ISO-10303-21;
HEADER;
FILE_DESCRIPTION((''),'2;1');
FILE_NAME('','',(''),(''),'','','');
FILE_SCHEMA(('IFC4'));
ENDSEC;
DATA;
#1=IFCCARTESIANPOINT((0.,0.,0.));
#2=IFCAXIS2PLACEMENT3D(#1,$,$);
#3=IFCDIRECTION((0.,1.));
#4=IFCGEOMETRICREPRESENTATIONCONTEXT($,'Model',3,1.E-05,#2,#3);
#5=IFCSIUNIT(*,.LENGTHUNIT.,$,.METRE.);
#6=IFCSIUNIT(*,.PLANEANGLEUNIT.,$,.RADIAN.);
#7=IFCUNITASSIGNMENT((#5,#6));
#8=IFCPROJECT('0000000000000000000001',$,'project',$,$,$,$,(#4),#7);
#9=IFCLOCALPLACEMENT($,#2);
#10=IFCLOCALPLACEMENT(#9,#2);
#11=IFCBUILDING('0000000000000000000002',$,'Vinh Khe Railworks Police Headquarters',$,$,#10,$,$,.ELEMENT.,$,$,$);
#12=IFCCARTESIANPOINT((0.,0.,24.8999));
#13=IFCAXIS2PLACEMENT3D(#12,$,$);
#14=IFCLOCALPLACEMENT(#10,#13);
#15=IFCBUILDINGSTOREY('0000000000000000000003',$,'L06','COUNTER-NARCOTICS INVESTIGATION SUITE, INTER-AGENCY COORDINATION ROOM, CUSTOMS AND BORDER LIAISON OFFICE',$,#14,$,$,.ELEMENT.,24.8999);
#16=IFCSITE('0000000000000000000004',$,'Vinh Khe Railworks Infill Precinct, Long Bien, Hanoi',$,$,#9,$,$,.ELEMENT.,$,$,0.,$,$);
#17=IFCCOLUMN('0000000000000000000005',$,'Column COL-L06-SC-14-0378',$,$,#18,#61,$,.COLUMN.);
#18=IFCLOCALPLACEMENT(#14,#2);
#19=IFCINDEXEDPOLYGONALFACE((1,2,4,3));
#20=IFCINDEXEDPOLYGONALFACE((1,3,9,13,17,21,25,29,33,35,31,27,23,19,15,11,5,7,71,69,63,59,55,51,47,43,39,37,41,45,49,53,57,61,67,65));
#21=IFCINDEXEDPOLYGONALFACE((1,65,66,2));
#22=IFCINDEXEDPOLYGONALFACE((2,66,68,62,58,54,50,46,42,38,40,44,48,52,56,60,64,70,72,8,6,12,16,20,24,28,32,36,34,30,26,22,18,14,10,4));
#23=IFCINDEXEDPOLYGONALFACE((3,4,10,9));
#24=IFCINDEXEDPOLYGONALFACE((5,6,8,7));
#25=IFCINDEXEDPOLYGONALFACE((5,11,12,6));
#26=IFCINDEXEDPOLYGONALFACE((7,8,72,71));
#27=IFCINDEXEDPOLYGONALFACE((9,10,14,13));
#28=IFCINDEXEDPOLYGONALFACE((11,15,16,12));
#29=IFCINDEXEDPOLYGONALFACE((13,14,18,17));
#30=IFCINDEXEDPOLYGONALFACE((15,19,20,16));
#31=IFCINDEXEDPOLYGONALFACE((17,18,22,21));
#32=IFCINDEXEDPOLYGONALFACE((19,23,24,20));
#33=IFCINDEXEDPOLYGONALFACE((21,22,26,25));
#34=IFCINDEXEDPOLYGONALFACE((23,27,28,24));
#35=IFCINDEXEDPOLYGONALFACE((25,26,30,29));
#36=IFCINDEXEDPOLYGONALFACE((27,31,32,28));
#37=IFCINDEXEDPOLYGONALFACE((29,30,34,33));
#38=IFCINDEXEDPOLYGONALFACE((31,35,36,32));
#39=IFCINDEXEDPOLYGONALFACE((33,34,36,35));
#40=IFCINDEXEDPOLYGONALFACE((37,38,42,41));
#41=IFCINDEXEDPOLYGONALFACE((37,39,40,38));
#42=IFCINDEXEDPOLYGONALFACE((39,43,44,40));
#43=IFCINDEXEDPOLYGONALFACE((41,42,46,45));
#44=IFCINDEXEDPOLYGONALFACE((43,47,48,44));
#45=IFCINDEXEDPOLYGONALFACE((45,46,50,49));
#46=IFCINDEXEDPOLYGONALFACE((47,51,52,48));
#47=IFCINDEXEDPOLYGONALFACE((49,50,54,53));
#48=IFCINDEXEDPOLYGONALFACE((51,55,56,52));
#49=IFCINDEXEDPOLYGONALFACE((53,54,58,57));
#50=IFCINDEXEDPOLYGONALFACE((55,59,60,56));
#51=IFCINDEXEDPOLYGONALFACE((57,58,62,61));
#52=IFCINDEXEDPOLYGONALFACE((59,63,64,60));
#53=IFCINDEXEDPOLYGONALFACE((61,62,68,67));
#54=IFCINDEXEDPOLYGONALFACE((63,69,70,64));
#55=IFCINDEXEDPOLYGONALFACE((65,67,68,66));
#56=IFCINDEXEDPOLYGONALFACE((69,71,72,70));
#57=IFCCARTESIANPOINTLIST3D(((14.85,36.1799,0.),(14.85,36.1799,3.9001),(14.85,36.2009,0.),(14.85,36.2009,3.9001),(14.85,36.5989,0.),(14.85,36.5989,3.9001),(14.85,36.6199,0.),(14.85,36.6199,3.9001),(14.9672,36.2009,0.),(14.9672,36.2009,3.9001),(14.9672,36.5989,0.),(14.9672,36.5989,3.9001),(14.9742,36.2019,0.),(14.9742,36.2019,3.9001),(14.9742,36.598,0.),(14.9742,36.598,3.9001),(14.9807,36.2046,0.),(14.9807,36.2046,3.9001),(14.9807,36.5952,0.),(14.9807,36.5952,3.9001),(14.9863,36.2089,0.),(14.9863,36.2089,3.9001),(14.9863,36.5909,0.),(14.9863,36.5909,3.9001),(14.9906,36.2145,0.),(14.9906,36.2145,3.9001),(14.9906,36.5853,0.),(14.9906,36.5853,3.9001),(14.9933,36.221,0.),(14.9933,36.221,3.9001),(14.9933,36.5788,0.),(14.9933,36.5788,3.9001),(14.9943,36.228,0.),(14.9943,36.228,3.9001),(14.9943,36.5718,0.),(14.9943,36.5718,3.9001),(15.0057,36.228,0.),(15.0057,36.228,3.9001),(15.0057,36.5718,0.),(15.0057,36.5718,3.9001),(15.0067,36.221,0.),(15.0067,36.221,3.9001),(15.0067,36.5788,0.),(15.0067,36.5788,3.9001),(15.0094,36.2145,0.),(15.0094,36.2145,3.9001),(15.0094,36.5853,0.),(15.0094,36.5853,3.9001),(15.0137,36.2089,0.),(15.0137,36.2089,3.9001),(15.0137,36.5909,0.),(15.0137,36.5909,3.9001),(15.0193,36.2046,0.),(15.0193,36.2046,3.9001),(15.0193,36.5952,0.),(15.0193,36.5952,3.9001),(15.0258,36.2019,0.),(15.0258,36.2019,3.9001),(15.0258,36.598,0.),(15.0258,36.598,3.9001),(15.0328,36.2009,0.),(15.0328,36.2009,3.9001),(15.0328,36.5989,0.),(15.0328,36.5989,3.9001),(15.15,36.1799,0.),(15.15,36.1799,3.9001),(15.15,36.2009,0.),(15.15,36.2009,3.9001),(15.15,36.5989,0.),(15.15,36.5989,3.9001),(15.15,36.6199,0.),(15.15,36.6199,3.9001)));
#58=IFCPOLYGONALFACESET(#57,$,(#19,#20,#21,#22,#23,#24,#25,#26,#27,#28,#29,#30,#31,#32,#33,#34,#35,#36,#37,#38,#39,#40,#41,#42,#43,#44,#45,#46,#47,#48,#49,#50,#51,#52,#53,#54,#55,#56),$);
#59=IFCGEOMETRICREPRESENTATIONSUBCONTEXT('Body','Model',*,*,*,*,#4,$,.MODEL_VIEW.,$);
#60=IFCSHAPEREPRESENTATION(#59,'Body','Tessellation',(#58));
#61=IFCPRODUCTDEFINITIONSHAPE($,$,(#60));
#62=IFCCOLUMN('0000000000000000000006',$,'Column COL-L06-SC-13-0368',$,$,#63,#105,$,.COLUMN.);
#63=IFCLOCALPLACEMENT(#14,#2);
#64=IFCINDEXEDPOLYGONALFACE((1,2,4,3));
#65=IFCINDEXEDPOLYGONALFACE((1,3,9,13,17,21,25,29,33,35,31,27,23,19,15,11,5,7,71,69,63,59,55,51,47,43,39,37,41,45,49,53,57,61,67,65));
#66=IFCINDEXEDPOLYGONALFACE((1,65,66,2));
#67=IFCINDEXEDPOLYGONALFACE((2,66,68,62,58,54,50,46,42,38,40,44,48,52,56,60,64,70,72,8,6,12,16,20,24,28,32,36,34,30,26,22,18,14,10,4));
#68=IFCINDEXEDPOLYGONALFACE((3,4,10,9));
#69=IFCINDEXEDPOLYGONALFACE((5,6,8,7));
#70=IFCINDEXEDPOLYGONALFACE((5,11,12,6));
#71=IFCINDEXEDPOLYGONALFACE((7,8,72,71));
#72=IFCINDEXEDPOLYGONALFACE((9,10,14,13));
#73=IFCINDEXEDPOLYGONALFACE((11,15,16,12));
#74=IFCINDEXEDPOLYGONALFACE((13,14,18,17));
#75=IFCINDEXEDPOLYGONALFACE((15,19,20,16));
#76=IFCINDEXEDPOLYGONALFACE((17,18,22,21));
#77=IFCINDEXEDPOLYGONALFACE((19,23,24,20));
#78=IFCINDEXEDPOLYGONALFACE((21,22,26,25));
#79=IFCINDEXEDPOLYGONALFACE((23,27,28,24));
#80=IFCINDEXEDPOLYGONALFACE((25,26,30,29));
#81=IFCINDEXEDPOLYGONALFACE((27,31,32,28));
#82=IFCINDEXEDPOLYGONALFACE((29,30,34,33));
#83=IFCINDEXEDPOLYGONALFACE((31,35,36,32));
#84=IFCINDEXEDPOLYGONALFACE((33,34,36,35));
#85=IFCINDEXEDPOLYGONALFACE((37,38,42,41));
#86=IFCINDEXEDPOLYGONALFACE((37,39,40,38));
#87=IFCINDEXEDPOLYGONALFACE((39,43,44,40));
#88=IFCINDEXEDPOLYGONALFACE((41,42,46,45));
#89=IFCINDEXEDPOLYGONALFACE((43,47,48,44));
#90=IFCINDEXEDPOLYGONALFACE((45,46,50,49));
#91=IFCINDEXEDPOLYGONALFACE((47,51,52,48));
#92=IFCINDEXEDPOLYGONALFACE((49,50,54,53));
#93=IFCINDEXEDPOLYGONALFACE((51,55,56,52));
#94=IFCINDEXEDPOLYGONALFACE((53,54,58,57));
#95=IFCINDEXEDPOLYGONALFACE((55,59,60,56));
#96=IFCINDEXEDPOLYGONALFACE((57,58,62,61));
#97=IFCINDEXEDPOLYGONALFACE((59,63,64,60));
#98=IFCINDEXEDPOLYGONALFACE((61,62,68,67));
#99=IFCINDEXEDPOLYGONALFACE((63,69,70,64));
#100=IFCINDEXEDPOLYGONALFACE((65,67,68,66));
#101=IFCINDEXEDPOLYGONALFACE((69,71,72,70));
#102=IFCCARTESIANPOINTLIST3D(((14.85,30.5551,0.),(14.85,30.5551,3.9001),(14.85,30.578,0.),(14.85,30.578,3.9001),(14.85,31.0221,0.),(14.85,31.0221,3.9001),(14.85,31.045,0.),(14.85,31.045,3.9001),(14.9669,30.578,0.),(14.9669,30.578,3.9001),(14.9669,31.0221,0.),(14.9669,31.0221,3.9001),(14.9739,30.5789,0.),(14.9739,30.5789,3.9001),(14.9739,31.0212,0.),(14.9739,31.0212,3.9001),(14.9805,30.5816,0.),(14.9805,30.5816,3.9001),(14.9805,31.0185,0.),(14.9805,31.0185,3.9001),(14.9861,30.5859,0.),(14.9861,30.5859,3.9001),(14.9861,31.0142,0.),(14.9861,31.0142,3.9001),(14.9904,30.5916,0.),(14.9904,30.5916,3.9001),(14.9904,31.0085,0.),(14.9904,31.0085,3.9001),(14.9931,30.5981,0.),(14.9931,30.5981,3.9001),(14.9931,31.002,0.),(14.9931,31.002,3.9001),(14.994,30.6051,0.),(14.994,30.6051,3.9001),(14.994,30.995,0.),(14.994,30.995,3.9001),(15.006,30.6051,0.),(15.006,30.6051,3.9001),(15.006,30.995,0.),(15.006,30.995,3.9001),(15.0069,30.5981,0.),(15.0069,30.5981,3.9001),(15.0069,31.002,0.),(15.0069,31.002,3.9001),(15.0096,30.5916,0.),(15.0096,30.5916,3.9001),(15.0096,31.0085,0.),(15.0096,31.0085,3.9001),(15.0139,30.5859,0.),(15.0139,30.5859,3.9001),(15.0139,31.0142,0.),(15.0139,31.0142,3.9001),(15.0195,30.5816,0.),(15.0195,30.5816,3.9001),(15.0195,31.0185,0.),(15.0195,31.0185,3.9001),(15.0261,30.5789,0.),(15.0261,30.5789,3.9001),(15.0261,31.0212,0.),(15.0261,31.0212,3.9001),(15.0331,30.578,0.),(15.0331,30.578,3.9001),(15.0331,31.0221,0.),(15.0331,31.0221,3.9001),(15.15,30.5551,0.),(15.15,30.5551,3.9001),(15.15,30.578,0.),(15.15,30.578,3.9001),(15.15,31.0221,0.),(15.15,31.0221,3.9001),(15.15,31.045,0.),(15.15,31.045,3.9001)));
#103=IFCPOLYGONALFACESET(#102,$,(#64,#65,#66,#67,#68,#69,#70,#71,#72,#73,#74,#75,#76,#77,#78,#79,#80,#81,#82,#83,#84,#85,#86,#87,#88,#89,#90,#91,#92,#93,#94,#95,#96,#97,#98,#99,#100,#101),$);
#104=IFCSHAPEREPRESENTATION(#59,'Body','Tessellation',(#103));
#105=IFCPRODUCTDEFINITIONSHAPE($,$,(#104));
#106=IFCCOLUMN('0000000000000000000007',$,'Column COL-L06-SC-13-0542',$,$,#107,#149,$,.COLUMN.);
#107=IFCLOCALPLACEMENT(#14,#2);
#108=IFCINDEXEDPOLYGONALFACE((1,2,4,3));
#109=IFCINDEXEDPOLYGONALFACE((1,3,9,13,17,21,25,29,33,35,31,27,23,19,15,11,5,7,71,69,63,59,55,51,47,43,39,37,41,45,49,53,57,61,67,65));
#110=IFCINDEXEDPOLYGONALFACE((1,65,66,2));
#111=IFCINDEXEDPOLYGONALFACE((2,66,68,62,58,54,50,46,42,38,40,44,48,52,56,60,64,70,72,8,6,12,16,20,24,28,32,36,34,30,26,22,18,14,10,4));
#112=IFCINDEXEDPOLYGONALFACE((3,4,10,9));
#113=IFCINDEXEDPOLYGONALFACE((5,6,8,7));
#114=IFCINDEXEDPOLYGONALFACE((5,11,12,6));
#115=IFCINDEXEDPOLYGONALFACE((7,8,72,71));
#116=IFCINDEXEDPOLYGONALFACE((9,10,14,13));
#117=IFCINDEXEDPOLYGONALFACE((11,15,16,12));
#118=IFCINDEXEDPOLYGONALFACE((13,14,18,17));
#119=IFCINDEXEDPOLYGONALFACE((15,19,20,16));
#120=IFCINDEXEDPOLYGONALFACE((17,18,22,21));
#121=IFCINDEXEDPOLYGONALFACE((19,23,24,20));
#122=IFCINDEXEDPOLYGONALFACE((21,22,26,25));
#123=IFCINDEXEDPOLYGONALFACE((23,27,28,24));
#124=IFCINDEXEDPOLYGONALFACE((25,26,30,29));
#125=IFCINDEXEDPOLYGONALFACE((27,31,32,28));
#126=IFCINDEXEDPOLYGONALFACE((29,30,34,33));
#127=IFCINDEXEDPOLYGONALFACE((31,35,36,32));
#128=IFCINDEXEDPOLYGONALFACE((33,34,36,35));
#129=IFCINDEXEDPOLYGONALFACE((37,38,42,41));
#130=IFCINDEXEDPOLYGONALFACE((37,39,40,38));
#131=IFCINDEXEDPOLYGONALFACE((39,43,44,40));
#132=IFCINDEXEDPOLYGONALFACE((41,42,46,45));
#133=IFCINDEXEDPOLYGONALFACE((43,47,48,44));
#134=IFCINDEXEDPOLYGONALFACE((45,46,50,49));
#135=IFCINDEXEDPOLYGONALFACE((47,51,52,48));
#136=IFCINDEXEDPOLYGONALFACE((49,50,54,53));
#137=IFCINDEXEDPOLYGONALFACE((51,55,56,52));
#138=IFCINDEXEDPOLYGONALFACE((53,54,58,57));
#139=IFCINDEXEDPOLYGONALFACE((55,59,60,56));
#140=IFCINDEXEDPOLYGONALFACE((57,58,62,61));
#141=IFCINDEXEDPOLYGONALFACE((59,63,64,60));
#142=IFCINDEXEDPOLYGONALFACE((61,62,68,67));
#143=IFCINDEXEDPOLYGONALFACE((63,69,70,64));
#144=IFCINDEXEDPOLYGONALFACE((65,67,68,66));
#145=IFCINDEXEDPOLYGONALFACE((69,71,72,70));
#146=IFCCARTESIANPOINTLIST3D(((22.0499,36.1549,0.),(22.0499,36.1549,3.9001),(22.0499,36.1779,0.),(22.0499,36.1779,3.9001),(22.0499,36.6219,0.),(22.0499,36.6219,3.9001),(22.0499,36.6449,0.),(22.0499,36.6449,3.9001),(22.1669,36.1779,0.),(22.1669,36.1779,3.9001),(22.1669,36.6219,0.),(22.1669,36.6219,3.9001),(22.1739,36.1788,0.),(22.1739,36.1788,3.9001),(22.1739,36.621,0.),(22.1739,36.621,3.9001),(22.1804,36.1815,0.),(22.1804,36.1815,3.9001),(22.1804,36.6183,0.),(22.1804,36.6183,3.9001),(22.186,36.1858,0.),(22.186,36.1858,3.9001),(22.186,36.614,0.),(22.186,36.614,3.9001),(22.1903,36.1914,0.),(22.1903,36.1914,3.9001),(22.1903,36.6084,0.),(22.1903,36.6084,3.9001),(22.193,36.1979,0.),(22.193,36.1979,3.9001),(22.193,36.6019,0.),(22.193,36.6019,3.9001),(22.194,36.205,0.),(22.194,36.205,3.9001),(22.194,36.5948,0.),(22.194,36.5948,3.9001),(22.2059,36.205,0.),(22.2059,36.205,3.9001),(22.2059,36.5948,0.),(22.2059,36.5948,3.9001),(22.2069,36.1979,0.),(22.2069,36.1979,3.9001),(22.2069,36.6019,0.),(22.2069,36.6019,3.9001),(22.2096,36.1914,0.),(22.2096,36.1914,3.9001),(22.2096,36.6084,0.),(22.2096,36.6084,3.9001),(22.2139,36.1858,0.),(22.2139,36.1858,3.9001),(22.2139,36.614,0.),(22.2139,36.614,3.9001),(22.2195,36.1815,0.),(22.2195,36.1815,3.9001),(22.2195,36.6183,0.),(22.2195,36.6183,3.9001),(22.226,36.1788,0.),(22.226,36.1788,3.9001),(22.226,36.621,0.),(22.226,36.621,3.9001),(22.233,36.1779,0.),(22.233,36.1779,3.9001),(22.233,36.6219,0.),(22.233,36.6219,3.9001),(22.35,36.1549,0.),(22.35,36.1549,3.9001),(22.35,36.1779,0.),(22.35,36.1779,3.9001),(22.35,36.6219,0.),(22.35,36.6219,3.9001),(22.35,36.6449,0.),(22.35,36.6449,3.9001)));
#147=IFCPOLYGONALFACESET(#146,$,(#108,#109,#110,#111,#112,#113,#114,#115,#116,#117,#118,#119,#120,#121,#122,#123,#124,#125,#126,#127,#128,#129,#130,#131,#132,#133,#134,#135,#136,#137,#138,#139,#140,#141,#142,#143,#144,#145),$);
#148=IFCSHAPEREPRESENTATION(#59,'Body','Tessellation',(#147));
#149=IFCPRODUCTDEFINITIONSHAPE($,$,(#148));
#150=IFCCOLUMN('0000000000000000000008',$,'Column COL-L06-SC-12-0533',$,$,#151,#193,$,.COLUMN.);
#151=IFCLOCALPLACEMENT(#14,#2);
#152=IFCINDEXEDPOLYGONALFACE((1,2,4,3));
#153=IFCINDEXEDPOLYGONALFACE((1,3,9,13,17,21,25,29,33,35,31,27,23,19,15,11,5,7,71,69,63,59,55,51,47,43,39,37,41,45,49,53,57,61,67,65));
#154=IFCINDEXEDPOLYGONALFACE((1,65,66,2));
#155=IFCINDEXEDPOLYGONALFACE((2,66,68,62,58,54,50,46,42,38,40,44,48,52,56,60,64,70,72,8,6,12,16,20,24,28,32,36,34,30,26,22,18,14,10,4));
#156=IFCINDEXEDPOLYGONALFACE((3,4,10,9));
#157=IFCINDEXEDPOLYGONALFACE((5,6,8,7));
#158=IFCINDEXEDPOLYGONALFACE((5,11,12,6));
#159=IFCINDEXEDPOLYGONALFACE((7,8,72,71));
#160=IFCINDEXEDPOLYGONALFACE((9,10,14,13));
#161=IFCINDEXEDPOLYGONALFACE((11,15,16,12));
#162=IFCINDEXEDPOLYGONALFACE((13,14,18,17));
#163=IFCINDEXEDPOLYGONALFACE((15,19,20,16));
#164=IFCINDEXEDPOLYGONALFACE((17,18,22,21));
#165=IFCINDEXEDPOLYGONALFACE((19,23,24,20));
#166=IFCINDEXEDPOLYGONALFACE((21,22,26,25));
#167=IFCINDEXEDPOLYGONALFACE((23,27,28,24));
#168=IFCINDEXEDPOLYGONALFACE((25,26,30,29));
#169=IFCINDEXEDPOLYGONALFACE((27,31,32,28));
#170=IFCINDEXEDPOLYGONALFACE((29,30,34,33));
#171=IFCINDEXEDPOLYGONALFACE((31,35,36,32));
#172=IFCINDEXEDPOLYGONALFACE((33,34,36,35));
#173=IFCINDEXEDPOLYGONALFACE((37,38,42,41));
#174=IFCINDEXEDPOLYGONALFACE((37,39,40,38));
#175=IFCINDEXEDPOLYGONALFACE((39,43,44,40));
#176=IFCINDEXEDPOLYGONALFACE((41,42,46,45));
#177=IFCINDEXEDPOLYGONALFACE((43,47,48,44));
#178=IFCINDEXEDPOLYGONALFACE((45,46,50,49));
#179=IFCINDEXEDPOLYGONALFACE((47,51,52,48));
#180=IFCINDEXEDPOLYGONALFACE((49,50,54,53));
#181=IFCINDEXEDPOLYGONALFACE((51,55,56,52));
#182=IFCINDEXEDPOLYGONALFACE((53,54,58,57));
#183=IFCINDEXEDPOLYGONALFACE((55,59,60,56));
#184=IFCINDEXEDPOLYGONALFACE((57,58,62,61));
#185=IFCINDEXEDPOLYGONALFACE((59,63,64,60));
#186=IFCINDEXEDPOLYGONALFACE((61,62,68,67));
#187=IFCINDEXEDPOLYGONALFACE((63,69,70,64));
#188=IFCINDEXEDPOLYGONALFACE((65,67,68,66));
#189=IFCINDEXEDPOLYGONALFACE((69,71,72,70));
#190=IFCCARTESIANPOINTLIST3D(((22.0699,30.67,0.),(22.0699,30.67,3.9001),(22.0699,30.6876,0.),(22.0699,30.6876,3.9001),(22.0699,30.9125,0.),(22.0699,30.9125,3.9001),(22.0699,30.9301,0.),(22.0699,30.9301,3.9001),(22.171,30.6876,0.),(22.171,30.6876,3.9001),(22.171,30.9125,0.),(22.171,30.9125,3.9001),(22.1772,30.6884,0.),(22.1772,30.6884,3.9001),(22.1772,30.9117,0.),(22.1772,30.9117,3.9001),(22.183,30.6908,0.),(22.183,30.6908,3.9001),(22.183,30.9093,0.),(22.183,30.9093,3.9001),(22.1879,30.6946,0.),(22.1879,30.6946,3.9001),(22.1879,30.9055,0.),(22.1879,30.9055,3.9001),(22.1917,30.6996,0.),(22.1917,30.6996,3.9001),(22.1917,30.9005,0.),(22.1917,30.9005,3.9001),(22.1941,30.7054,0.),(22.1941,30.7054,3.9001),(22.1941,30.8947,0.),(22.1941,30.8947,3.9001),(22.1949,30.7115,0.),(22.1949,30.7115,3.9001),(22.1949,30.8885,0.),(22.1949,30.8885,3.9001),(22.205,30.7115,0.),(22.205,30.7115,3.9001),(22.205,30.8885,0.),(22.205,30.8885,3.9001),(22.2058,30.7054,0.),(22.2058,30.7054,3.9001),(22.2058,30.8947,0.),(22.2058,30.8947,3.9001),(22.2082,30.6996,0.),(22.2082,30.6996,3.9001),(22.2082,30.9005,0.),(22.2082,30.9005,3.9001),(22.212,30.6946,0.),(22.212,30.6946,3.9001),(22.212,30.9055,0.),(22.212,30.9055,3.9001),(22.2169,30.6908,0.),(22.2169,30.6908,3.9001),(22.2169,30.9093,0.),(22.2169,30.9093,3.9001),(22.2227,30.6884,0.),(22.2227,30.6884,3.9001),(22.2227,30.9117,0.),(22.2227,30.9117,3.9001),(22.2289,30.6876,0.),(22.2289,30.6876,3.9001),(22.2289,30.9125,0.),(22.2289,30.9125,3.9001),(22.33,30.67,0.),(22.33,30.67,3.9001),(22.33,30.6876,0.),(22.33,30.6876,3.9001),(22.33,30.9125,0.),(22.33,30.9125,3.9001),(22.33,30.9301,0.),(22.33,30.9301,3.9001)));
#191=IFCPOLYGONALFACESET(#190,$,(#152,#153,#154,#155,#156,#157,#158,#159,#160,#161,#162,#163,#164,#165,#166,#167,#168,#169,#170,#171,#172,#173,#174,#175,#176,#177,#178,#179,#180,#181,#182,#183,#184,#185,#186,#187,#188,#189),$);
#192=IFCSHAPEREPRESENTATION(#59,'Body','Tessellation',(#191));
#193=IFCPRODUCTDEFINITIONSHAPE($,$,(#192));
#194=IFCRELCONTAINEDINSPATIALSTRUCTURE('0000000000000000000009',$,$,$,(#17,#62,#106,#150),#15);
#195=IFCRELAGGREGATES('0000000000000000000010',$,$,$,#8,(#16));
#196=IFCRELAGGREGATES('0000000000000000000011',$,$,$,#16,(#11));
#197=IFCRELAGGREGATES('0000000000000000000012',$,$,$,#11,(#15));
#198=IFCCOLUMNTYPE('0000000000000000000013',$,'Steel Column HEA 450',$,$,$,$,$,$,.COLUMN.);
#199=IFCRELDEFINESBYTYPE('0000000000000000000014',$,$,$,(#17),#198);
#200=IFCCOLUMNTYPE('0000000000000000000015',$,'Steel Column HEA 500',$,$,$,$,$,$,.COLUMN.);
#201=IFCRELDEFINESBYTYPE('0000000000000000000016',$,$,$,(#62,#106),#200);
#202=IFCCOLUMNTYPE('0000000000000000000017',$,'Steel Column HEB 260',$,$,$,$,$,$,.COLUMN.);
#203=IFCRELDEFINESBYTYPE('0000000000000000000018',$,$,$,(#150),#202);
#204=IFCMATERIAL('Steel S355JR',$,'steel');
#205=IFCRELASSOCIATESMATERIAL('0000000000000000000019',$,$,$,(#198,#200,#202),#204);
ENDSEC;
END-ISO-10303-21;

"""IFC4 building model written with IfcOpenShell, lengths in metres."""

from ifc_helpers import new_model, si_unit, direction, frame, origin, origin_2d, place, context, subcontext, project, spatial, i_section, extrude, material, material_profile, profile_set, type_object, element, save


model = new_model("IFC4")

# Units and contexts
model_context = context("Model", 3, precision=1e-05, world=origin(), true_north=direction((0.0, 1.0)))
body_context = subcontext(model_context, "Body", "Model", "MODEL_VIEW")
ifc_project = project(units=[si_unit("LENGTHUNIT", "METRE"), si_unit("PLANEANGLEUNIT", "RADIAN")], contexts=[model_context])

# Site, building, storey
site_placement = place(None, origin())
site = spatial("IfcSite", under=ifc_project, at=site_placement, Name="Vinh Khe Railworks Infill Precinct, Long Bien, Hanoi", CompositionType="ELEMENT", RefElevation=0.0)
building_placement = place(site_placement, origin())
building = spatial("IfcBuilding", under=site, at=building_placement, Name="Vinh Khe Railworks Police Headquarters", CompositionType="ELEMENT")
storey_placement = place(building_placement, frame((0.0, 0.0, 24.8999)))
storey = spatial("IfcBuildingStorey", under=building, at=storey_placement, Name="L06", Description="COUNTER-NARCOTICS INVESTIGATION SUITE, INTER-AGENCY COORDINATION ROOM, CUSTOMS AND BORDER LIAISON OFFICE", CompositionType="ELEMENT", Elevation=24.8999)

# Columns
ifc_material_1 = material(Name="Steel S355JR", Category="steel")
ifc_material_profile_1 = material_profile(ifc_material_1, i_section(OverallWidth=0.3, OverallDepth=0.4399, WebThickness=0.0115, FlangeThickness=0.021, FilletRadius=0.0271, at=origin_2d()), Name="HEA 450")
ifc_profile_set_1 = profile_set([ifc_material_profile_1], Name="Steel S355JR")
column_type_1 = type_object("IfcColumnType", Name="Steel Column HEA 450", PredefinedType="COLUMN", material=ifc_profile_set_1)
column_1_placement = place(storey_placement, frame((15.0, 36.3999, 0.0), z_axis=(0.0, 0.0, 1.0), x_axis=(1.0, 0.0, 0.0)))
element("IfcColumn", 1, at=column_1_placement, inside=storey, type_object=column_type_1, Name="Column COL-L06-SC-14-0378", PredefinedType="COLUMN", context=body_context, shape_type="SweptSolid", body=[
    extrude(i_section(OverallWidth=0.3, OverallDepth=0.4399, WebThickness=0.0115, FlangeThickness=0.021, FilletRadius=0.0271, at=origin_2d()), origin(), (0.0, 0.0, 1.0), 3.9001),
])
ifc_material_profile_2 = material_profile(ifc_material_1, i_section(OverallWidth=0.3, OverallDepth=0.49, WebThickness=0.012, FlangeThickness=0.0229, FilletRadius=0.0271, at=origin_2d()), Name="HEA 500")
ifc_profile_set_2 = profile_set([ifc_material_profile_2], Name="Steel S355JR")
column_type_2 = type_object("IfcColumnType", Name="Steel Column HEA 500", PredefinedType="COLUMN", material=ifc_profile_set_2)
for number, where, z_axis, x_axis, name in (
    (2, (15.0, 30.8, 0.0), (0.0, 0.0, 1.0), (1.0, 0.0, 0.0), "Column COL-L06-SC-13-0368"),
    (3, (22.2, 36.3999, 0.0), (0.0, 0.0, 1.0), (1.0, 0.0, 0.0), "Column COL-L06-SC-13-0542"),
):
    element("IfcColumn", number, at=place(storey_placement, frame(where, z_axis=z_axis, x_axis=x_axis)), inside=storey, type_object=column_type_2, Name=name, PredefinedType="COLUMN", context=body_context, shape_type="SweptSolid", body=[
        extrude(i_section(OverallWidth=0.3, OverallDepth=0.49, WebThickness=0.012, FlangeThickness=0.0229, FilletRadius=0.0271, at=origin_2d()), origin(), (0.0, 0.0, 1.0), 3.9001),
    ])
ifc_material_profile_3 = material_profile(ifc_material_1, i_section(OverallWidth=0.26, OverallDepth=0.26, WebThickness=0.01, FlangeThickness=0.0176, FilletRadius=0.0239, at=origin_2d()), Name="HEB 260")
ifc_profile_set_3 = profile_set([ifc_material_profile_3], Name="Steel S355JR")
column_type_3 = type_object("IfcColumnType", Name="Steel Column HEB 260", PredefinedType="COLUMN", material=ifc_profile_set_3)
column_2_placement = place(storey_placement, frame((22.2, 30.8, 0.0), z_axis=(0.0, 0.0, 1.0), x_axis=(1.0, 0.0, 0.0)))
element("IfcColumn", 4, at=column_2_placement, inside=storey, type_object=column_type_3, Name="Column COL-L06-SC-12-0533", PredefinedType="COLUMN", context=body_context, shape_type="SweptSolid", body=[
    extrude(i_section(OverallWidth=0.26, OverallDepth=0.26, WebThickness=0.01, FlangeThickness=0.0176, FilletRadius=0.0239, at=origin_2d()), origin(), (0.0, 0.0, 1.0), 3.9001),
])

save(model, "model.ifc")
